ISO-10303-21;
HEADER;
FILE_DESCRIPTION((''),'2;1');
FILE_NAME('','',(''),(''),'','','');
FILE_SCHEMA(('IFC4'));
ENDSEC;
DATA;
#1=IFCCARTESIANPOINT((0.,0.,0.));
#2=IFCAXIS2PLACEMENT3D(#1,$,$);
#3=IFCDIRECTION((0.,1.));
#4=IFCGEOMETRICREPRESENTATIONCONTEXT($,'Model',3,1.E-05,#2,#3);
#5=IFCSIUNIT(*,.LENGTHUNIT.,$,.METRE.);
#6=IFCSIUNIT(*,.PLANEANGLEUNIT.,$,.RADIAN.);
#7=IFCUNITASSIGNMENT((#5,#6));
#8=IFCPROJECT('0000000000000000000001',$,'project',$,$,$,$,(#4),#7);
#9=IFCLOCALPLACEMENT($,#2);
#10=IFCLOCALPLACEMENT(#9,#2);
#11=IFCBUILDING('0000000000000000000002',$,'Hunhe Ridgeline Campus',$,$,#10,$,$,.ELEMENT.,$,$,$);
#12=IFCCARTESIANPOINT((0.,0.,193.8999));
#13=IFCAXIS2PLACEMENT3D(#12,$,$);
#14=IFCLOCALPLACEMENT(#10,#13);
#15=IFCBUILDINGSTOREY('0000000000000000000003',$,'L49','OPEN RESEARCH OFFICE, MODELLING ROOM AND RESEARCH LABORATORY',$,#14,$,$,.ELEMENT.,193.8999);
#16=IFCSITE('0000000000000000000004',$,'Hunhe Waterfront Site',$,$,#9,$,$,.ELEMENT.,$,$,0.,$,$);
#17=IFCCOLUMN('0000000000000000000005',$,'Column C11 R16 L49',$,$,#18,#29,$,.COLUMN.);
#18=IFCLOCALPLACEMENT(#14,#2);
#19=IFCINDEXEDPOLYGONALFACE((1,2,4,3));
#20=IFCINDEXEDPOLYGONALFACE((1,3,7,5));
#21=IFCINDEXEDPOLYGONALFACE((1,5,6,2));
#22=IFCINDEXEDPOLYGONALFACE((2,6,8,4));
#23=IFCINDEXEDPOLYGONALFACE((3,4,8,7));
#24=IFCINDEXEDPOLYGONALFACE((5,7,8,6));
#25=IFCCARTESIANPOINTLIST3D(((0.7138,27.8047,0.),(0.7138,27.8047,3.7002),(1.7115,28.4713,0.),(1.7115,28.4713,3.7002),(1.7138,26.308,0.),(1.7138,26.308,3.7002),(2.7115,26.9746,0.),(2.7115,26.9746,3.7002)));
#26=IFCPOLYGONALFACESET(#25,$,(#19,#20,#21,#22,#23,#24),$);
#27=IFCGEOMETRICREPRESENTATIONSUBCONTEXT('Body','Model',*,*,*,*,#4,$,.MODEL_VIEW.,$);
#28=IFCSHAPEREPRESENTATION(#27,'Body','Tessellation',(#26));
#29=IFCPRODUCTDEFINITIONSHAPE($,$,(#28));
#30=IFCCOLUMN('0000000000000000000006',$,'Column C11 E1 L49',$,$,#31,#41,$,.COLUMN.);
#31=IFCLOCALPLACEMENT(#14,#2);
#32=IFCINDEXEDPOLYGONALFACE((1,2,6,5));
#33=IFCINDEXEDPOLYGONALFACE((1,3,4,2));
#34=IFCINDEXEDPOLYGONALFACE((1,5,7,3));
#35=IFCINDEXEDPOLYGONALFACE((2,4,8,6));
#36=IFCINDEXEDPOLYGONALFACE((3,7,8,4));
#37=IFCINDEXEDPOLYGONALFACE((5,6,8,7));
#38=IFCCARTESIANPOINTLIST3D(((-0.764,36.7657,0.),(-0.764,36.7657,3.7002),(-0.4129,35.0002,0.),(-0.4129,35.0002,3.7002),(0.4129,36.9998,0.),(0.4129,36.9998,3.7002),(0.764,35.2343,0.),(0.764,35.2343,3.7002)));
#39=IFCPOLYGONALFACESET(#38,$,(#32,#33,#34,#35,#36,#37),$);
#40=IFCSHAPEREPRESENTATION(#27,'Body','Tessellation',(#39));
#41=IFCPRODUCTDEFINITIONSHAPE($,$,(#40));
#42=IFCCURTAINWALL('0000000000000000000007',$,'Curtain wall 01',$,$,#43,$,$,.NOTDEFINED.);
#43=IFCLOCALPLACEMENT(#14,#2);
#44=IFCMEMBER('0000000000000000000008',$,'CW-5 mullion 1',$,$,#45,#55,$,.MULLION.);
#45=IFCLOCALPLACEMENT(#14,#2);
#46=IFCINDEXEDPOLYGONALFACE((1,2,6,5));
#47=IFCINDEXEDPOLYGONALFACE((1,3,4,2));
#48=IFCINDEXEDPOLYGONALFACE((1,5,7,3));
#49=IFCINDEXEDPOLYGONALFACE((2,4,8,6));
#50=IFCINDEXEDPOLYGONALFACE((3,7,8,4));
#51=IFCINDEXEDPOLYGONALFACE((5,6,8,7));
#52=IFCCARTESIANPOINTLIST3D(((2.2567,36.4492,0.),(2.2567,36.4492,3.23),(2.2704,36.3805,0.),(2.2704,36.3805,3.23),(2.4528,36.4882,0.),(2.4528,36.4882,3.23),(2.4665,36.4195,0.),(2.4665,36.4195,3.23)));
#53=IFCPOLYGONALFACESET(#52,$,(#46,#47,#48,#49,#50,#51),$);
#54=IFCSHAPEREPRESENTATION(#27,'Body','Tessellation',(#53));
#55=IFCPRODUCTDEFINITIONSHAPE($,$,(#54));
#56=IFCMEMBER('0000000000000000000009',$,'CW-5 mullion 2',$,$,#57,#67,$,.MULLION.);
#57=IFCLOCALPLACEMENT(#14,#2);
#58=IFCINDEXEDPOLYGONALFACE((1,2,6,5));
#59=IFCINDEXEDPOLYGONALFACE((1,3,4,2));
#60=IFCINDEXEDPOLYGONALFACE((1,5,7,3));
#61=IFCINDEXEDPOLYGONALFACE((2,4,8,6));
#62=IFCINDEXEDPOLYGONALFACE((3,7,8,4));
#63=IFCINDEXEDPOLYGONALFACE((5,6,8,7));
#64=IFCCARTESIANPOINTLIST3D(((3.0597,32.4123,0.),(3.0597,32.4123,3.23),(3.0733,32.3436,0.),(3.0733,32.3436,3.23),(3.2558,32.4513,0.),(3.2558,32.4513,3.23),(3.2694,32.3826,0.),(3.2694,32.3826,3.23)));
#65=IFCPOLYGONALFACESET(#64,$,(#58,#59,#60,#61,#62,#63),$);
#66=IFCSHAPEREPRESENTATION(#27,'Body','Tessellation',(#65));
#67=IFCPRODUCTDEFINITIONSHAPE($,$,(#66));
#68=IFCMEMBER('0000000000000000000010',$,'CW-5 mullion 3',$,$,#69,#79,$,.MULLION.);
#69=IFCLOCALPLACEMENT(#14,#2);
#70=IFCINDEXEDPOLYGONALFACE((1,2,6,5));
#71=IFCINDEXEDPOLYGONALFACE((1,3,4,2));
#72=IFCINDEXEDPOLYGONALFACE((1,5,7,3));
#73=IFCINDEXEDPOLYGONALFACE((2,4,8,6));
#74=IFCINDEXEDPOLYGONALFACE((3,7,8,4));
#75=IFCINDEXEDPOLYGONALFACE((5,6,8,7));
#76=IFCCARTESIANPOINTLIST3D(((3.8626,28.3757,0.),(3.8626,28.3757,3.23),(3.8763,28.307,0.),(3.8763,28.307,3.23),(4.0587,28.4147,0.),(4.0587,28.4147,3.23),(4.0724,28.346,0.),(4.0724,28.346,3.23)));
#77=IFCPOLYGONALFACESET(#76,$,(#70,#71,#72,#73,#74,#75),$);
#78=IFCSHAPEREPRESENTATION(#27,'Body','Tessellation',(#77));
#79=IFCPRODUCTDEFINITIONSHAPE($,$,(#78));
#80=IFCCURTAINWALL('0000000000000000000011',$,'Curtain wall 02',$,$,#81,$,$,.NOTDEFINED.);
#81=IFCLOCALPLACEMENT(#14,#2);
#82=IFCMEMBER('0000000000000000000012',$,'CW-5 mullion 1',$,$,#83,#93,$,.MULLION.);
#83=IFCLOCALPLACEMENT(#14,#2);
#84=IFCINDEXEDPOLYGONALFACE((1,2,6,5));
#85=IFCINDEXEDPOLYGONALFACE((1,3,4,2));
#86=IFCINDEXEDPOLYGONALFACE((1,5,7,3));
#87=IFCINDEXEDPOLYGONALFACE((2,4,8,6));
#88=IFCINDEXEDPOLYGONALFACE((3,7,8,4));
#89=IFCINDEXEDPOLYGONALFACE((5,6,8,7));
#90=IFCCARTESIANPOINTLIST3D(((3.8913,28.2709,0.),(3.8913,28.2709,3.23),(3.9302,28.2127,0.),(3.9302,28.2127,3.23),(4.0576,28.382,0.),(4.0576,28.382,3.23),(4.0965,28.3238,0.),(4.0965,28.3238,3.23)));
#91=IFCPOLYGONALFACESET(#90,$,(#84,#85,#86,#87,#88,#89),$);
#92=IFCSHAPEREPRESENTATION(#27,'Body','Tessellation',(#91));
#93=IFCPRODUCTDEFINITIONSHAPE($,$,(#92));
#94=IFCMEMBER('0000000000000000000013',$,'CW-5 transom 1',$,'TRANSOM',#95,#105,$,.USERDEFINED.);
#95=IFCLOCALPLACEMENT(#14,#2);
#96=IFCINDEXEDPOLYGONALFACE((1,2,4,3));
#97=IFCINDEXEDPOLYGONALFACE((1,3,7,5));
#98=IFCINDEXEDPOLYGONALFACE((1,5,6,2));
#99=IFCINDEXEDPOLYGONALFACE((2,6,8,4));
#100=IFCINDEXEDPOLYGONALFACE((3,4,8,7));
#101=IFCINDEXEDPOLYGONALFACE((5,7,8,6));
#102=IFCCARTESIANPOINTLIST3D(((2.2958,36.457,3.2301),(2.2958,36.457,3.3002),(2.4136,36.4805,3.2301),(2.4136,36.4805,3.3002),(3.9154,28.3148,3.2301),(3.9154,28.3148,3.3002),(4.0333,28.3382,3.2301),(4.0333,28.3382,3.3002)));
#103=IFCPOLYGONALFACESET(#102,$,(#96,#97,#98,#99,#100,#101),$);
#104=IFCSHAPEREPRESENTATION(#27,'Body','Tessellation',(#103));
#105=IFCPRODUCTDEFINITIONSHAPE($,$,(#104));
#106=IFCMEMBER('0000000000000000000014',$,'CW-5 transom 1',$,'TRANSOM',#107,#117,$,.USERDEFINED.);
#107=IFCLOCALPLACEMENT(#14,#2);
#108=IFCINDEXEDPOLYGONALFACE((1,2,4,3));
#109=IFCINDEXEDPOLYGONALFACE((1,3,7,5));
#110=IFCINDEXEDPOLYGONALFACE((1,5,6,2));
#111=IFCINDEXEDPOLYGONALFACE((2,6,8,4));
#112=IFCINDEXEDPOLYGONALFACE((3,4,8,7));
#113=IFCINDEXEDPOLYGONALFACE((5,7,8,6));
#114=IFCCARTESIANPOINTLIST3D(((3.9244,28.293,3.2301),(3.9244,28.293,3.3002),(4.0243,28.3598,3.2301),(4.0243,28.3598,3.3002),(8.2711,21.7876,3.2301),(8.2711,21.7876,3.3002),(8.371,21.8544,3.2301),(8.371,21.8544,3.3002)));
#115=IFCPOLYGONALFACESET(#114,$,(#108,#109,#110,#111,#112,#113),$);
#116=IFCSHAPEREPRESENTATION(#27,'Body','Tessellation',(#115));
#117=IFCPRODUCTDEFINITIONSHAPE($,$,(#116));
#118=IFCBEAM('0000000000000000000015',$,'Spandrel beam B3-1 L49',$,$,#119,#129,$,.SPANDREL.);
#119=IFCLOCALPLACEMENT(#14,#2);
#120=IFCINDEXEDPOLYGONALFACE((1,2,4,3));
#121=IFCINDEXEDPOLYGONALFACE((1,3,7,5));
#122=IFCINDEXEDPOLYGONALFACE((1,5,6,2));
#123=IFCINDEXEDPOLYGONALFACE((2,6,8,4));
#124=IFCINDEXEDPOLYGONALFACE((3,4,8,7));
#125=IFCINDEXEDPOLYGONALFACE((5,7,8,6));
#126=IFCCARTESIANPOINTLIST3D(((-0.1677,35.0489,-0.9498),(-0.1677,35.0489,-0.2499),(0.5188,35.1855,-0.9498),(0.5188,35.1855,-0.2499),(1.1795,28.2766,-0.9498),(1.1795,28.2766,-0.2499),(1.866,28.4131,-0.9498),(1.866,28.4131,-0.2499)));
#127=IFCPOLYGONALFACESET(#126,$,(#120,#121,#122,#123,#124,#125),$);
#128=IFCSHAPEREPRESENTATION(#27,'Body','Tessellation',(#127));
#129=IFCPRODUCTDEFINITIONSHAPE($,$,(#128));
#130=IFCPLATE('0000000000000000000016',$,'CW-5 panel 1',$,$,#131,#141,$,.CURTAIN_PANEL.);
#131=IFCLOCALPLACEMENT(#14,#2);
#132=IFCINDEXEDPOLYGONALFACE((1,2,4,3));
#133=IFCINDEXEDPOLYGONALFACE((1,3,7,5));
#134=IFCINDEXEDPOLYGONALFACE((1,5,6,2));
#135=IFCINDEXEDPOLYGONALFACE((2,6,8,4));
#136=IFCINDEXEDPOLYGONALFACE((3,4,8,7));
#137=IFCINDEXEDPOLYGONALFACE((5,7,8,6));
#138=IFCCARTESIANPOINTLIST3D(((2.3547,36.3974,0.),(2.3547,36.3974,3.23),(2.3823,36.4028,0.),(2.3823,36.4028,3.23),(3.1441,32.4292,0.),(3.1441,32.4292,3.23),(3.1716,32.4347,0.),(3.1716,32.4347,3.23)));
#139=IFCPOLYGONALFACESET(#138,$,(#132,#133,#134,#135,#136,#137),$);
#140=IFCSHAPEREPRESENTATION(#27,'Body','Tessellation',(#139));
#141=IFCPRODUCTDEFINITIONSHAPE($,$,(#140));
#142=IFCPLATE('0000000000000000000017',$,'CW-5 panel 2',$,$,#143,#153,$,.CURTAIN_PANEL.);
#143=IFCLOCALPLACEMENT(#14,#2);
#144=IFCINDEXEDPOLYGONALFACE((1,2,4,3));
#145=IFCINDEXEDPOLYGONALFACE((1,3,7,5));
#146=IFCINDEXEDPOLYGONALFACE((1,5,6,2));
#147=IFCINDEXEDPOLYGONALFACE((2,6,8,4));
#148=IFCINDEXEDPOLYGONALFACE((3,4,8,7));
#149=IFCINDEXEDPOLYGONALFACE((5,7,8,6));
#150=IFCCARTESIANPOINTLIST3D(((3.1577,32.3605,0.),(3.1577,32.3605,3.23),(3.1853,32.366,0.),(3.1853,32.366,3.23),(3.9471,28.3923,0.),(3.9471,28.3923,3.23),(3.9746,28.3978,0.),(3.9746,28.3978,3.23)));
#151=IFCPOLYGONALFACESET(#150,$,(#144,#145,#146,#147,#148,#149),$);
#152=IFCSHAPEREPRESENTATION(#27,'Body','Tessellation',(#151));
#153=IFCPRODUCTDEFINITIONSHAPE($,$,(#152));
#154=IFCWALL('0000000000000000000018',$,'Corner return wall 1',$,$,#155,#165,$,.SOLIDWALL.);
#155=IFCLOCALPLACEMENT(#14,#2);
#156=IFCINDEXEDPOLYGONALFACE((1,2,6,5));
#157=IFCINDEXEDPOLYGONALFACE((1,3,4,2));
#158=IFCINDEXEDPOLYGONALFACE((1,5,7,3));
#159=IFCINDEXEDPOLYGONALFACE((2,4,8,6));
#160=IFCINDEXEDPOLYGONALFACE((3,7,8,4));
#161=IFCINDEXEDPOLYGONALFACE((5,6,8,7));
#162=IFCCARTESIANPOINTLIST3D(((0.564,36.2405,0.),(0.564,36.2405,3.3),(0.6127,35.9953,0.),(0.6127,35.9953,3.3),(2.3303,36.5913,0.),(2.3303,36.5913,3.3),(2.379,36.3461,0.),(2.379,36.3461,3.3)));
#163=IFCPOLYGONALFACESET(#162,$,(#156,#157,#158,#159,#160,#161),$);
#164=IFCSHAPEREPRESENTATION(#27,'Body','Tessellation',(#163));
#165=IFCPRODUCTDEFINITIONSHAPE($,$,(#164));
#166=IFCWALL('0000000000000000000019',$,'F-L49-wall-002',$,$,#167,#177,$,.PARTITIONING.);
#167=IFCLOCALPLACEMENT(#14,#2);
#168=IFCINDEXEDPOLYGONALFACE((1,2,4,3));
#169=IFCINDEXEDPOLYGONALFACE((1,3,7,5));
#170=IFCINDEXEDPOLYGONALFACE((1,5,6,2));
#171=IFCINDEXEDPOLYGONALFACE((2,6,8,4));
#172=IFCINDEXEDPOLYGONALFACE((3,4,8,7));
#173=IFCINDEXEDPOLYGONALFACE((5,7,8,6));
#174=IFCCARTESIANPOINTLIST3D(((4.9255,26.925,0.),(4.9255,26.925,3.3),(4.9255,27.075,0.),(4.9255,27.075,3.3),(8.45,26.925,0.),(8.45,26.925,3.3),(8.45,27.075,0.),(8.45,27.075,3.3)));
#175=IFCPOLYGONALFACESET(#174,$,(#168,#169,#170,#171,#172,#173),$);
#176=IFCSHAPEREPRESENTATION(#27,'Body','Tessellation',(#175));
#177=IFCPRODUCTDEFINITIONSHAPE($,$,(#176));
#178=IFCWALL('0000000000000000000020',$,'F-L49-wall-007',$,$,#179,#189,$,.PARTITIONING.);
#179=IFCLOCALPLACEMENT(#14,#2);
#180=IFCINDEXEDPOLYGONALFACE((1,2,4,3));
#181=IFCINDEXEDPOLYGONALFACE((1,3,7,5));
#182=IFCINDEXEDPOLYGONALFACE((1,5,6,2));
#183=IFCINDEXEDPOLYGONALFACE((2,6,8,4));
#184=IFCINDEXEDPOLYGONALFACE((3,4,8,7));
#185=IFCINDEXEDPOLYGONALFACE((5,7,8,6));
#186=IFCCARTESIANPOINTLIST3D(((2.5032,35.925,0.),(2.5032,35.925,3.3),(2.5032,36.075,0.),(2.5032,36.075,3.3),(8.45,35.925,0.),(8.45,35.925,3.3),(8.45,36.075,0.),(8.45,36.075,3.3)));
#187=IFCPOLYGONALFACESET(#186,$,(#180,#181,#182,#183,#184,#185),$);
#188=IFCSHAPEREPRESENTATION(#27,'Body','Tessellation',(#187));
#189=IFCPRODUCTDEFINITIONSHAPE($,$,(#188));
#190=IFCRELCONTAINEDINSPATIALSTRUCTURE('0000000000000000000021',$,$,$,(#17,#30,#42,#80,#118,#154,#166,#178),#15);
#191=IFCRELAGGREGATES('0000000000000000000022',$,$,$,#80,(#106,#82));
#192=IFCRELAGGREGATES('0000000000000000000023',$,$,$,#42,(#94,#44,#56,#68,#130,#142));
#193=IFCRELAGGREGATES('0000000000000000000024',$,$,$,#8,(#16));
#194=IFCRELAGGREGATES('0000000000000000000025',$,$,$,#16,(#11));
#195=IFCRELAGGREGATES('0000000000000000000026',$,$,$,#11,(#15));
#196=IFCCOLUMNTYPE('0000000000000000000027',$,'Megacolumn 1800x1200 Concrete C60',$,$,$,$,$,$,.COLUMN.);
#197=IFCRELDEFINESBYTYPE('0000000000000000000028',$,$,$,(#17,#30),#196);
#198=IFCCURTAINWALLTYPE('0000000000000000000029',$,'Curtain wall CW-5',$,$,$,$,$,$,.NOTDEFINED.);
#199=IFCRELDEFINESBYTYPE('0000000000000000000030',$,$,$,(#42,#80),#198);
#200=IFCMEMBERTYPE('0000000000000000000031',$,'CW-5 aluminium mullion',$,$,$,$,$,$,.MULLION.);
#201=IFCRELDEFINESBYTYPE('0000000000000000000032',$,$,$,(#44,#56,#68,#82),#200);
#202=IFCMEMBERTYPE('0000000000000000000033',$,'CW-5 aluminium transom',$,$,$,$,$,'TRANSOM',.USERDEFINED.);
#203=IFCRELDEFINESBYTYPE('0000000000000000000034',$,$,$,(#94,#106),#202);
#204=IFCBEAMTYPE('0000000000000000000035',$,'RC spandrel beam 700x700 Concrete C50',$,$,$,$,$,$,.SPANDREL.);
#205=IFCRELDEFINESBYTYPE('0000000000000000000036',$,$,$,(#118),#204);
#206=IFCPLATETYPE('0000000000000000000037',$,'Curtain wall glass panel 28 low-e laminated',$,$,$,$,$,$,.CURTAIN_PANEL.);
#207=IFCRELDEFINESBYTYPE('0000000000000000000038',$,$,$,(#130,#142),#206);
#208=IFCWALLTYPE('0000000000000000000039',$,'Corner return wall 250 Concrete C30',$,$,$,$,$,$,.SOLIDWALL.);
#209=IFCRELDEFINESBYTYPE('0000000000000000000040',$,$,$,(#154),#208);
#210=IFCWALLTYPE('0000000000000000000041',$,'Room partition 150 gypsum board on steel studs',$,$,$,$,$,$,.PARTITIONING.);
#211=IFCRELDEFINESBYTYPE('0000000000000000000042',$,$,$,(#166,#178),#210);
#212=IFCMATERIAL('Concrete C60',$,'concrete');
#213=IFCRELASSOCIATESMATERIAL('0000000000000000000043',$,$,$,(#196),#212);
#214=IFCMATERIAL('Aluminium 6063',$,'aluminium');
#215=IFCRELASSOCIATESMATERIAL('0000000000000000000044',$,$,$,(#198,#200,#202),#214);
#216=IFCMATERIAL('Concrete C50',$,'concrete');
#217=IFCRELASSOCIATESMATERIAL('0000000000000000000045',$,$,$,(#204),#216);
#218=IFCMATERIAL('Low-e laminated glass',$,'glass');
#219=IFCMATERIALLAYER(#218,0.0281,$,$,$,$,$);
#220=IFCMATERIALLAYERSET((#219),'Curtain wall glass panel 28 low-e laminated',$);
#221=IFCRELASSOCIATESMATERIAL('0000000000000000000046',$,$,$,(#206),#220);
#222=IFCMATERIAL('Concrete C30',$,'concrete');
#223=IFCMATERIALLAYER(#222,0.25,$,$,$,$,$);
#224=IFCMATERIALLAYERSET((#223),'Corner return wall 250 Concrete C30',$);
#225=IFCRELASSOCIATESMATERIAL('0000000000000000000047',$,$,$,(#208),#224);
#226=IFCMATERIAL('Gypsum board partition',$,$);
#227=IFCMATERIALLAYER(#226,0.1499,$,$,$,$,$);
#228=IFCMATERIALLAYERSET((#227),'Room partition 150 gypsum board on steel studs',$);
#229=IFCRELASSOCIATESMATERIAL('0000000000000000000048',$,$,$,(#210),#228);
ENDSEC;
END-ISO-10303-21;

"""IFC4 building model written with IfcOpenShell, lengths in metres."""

from ifc_helpers import new_model, si_unit, direction, frame, frame_2d, origin, origin_2d, place, context, subcontext, project, spatial, rectangle, extrude, material, layer, layer_set, material_profile, profile_set, type_object, element, aggregate, save


model = new_model("IFC4")

# Units and contexts
model_context = context("Model", 3, precision=1e-05, world=origin(), true_north=direction((0.0, 1.0)))
body_context = subcontext(model_context, "Body", "Model", "MODEL_VIEW")
ifc_project = project(units=[si_unit("LENGTHUNIT", "METRE"), si_unit("PLANEANGLEUNIT", "RADIAN")], contexts=[model_context])

# Site, building, storey
site_placement = place(None, origin())
site = spatial("IfcSite", under=ifc_project, at=site_placement, Name="Hunhe Waterfront Site", CompositionType="ELEMENT", RefElevation=0.0)
building_placement = place(site_placement, origin())
building = spatial("IfcBuilding", under=site, at=building_placement, Name="Hunhe Ridgeline Campus", CompositionType="ELEMENT")
storey_placement = place(building_placement, frame((0.0, 0.0, 193.8999)))
storey = spatial("IfcBuildingStorey", under=building, at=storey_placement, Name="L49", Description="OPEN RESEARCH OFFICE, MODELLING ROOM AND RESEARCH LABORATORY", CompositionType="ELEMENT", Elevation=193.8999)

# Columns
ifc_material_1 = material(Name="Concrete C60", Category="concrete")
ifc_material_profile_1 = material_profile(ifc_material_1, rectangle(XDim=1.8, YDim=1.2, at=origin_2d()))
ifc_profile_set_1 = profile_set([ifc_material_profile_1], Name="Concrete C60")
column_type = type_object("IfcColumnType", Name="Megacolumn 1800x1200 Concrete C60", PredefinedType="COLUMN", material=ifc_profile_set_1)
for number, where, z_axis, x_axis, name in (
    (1, (1.7126, 27.3896, 0.0), (0.0, 0.0, 1.0), (-0.55557, 0.83147, 0.0), "Column C11 R16 L49"),
    (2, (0.0, 36.0, 0.0), (0.0, 0.0, 1.0), (-0.19509, 0.980785, 0.0), "Column C11 E1 L49"),
):
    element("IfcColumn", number, at=place(storey_placement, frame(where, z_axis=z_axis, x_axis=x_axis)), inside=storey, type_object=column_type, Name=name, PredefinedType="COLUMN", context=body_context, shape_type="SweptSolid", body=[
        extrude(rectangle(XDim=1.8, YDim=1.2, at=origin_2d()), origin(), (0.0, 0.0, 1.0), 3.7002),
    ])

# Curtain wall, members
ifc_material_2 = material(Name="Aluminium 6063", Category="aluminium")
curtain_wall_type = type_object("IfcCurtainWallType", Name="Curtain wall CW-5", PredefinedType="NOTDEFINED", material=ifc_material_2)
curtain_wall_1_placement = place(storey_placement, origin())
curtain_wall_1 = element("IfcCurtainWall", 3, at=curtain_wall_1_placement, inside=storey, type_object=curtain_wall_type, Name="Curtain wall 01", PredefinedType="NOTDEFINED")
ifc_material_profile_2 = material_profile(ifc_material_2, rectangle(XDim=0.2, YDim=0.0701, at=origin_2d()))
ifc_profile_set_2 = profile_set([ifc_material_profile_2], Name="Aluminium 6063")
member_type_1 = type_object("IfcMemberType", Name="CW-5 aluminium mullion", PredefinedType="MULLION", material=ifc_profile_set_2)
member_1_placement = place(storey_placement, frame((2.3616, 36.4343, 0.0), z_axis=(0.0, 0.0, 1.0), x_axis=(0.980784, 0.195095, 0.0)))
member_1 = element("IfcMember", 4, at=member_1_placement, type_object=member_type_1, Name="CW-5 mullion 1", PredefinedType="MULLION", context=body_context, shape_type="SweptSolid", body=[
    extrude(rectangle(XDim=0.2, YDim=0.0701, at=origin_2d()), origin(), (0.0, 0.0, 1.0), 3.23),
])
member_2_placement = place(storey_placement, frame((3.1646, 32.3975, 0.0), z_axis=(0.0, 0.0, 1.0), x_axis=(0.980784, 0.195095, 0.0)))
member_2 = element("IfcMember", 5, at=member_2_placement, type_object=member_type_1, Name="CW-5 mullion 2", PredefinedType="MULLION", context=body_context, shape_type="SweptSolid", body=[
    extrude(rectangle(XDim=0.2, YDim=0.0701, at=origin_2d()), origin(), (0.0, 0.0, 1.0), 3.23),
])
member_3_placement = place(storey_placement, frame((3.9675, 28.3608, 0.0), z_axis=(0.0, 0.0, 1.0), x_axis=(0.980784, 0.195095, 0.0)))
member_3 = element("IfcMember", 6, at=member_3_placement, type_object=member_type_1, Name="CW-5 mullion 3", PredefinedType="MULLION", context=body_context, shape_type="SweptSolid", body=[
    extrude(rectangle(XDim=0.2, YDim=0.0701, at=origin_2d()), origin(), (0.0, 0.0, 1.0), 3.23),
])

# Curtain wall, member
curtain_wall_2_placement = place(storey_placement, origin())
curtain_wall_2 = element("IfcCurtainWall", 7, at=curtain_wall_2_placement, inside=storey, type_object=curtain_wall_type, Name="Curtain wall 02", PredefinedType="NOTDEFINED")
member_4_placement = place(storey_placement, frame((3.9939, 28.2974, 0.0), z_axis=(0.0, 0.0, 1.0), x_axis=(0.83147, 0.55557, 0.0)))
member_4 = element("IfcMember", 8, at=member_4_placement, type_object=member_type_1, Name="CW-5 mullion 1", PredefinedType="MULLION", context=body_context, shape_type="SweptSolid", body=[
    extrude(rectangle(XDim=0.2, YDim=0.0701, at=origin_2d()), origin(), (0.0, 0.0, 1.0), 3.23),
])

# Members
ifc_material_profile_3 = material_profile(ifc_material_2, rectangle(XDim=0.1201, YDim=0.0701, at=origin_2d()))
ifc_profile_set_3 = profile_set([ifc_material_profile_3], Name="Aluminium 6063")
member_type_2 = type_object("IfcMemberType", Name="CW-5 aluminium transom", ElementType="TRANSOM", PredefinedType="USERDEFINED", material=ifc_profile_set_3)
member_5_placement = place(storey_placement, frame((2.3547, 36.4688, 3.2651), z_axis=(0.195092, -0.980785, 0.0), x_axis=(0.980785, 0.195092, 0.0)))
member_5 = element("IfcMember", 9, at=member_5_placement, type_object=member_type_2, Name="CW-5 transom 1", ObjectType="TRANSOM", PredefinedType="USERDEFINED", context=body_context, shape_type="SweptSolid", body=[
    extrude(rectangle(XDim=0.1201, YDim=0.0701, at=origin_2d()), origin(), (0.0, 0.0, 1.0), 8.3018),
])
member_6_placement = place(storey_placement, frame((3.9744, 28.3264, 3.2651), z_axis=(0.555564, -0.831474, 0.0), x_axis=(0.831474, 0.555564, 0.0)))
member_6 = element("IfcMember", 10, at=member_6_placement, type_object=member_type_2, Name="CW-5 transom 1", ObjectType="TRANSOM", PredefinedType="USERDEFINED", context=body_context, shape_type="SweptSolid", body=[
    extrude(rectangle(XDim=0.1201, YDim=0.0701, at=origin_2d()), origin(), (0.0, 0.0, 1.0), 7.824),
])
aggregate(curtain_wall_2, [member_6, member_4])

# Beam
ifc_material_3 = material(Name="Concrete C50", Category="concrete")
ifc_material_profile_4 = material_profile(ifc_material_3, rectangle(XDim=0.7, YDim=0.7, at=origin_2d()))
ifc_profile_set_4 = profile_set([ifc_material_profile_4], Name="Concrete C50")
beam_type = type_object("IfcBeamType", Name="RC spandrel beam 700x700 Concrete C50", PredefinedType="SPANDREL", material=ifc_profile_set_4)
beam_placement = place(storey_placement, frame((0.1755, 35.1172, -0.5999), z_axis=(0.195103, -0.980783, 0.0), x_axis=(0.980783, 0.195103, 0.0)))
element("IfcBeam", 11, at=beam_placement, inside=storey, type_object=beam_type, Name="Spandrel beam B3-1 L49", PredefinedType="SPANDREL", context=body_context, shape_type="SweptSolid", body=[
    extrude(rectangle(XDim=0.7, YDim=0.7, at=origin_2d()), origin(), (0.0, 0.0, 1.0), 6.905),
])

# Plates
ifc_material_4 = material(Name="Low-e laminated glass", Category="glass")
ifc_layer_1 = layer(ifc_material_4, 0.0281)
ifc_layer_set_1 = layer_set([ifc_layer_1], Name="Curtain wall glass panel 28 low-e laminated")
plate_type = type_object("IfcPlateType", Name="Curtain wall glass panel 28 low-e laminated", PredefinedType="CURTAIN_PANEL", material=ifc_layer_set_1)
plate_1_placement = place(storey_placement, frame((2.7632, 34.416, 0.0), z_axis=(0.0, 0.0, 1.0), x_axis=(0.195095, -0.980784, 0.0)))
plate_1 = element("IfcPlate", 12, at=plate_1_placement, type_object=plate_type, Name="CW-5 panel 1", PredefinedType="CURTAIN_PANEL", context=body_context, shape_type="SweptSolid", body=[
    extrude(rectangle(XDim=4.0459, YDim=0.0281, at=origin_2d()), origin(), (0.0, 0.0, 1.0), 3.23),
])
plate_2_placement = place(storey_placement, frame((3.5662, 30.3792, 0.0), z_axis=(0.0, 0.0, 1.0), x_axis=(0.195095, -0.980784, 0.0)))
plate_2 = element("IfcPlate", 13, at=plate_2_placement, type_object=plate_type, Name="CW-5 panel 2", PredefinedType="CURTAIN_PANEL", context=body_context, shape_type="SweptSolid", body=[
    extrude(rectangle(XDim=4.0459, YDim=0.0281, at=origin_2d()), origin(), (0.0, 0.0, 1.0), 3.23),
])
aggregate(curtain_wall_1, [member_5, member_1, member_2, member_3, plate_1, plate_2])

# Walls
ifc_material_5 = material(Name="Concrete C30", Category="concrete")
ifc_layer_2 = layer(ifc_material_5, 0.25)
ifc_layer_set_2 = layer_set([ifc_layer_2], Name="Corner return wall 250 Concrete C30")
wall_type_1 = type_object("IfcWallType", Name="Corner return wall 250 Concrete C30", PredefinedType="SOLIDWALL", material=ifc_layer_set_2)
wall_1_placement = place(storey_placement, frame((0.5884, 36.1179, 0.0), z_axis=(0.0, 0.0, 1.0), x_axis=(0.980841, 0.194812, 0.0)))
element("IfcWall", 14, at=wall_1_placement, inside=storey, type_object=wall_type_1, Name="Corner return wall 1", PredefinedType="SOLIDWALL", context=body_context, shape_type="SweptSolid", body=[
    extrude(rectangle(XDim=1.8008, YDim=0.25, at=frame_2d((0.9004, 0.0))), origin(), (0.0, 0.0, 1.0), 3.3),
])
ifc_material_6 = material(Name="Gypsum board partition")
ifc_layer_3 = layer(ifc_material_6, 0.1499)
ifc_layer_set_3 = layer_set([ifc_layer_3], Name="Room partition 150 gypsum board on steel studs")
wall_type_2 = type_object("IfcWallType", Name="Room partition 150 gypsum board on steel studs", PredefinedType="PARTITIONING", material=ifc_layer_set_3)
wall_2_placement = place(storey_placement, frame((4.9255, 27.0, 0.0), z_axis=(0.0, 0.0, 1.0), x_axis=(1.0, 0.0, 0.0)))
element("IfcWall", 15, at=wall_2_placement, inside=storey, type_object=wall_type_2, Name="F-L49-wall-002", PredefinedType="PARTITIONING", context=body_context, shape_type="SweptSolid", body=[
    extrude(rectangle(XDim=3.5244, YDim=0.1499, at=frame_2d((1.7622, 0.0))), origin(), (0.0, 0.0, 1.0), 3.3),
])
wall_3_placement = place(storey_placement, frame((2.5032, 36.0, 0.0), z_axis=(0.0, 0.0, 1.0), x_axis=(1.0, 0.0, 0.0)))
element("IfcWall", 16, at=wall_3_placement, inside=storey, type_object=wall_type_2, Name="F-L49-wall-007", PredefinedType="PARTITIONING", context=body_context, shape_type="SweptSolid", body=[
    extrude(rectangle(XDim=5.9468, YDim=0.1499, at=frame_2d((2.9734, 0.0))), origin(), (0.0, 0.0, 1.0), 3.3),
])

save(model, "model.ifc")
